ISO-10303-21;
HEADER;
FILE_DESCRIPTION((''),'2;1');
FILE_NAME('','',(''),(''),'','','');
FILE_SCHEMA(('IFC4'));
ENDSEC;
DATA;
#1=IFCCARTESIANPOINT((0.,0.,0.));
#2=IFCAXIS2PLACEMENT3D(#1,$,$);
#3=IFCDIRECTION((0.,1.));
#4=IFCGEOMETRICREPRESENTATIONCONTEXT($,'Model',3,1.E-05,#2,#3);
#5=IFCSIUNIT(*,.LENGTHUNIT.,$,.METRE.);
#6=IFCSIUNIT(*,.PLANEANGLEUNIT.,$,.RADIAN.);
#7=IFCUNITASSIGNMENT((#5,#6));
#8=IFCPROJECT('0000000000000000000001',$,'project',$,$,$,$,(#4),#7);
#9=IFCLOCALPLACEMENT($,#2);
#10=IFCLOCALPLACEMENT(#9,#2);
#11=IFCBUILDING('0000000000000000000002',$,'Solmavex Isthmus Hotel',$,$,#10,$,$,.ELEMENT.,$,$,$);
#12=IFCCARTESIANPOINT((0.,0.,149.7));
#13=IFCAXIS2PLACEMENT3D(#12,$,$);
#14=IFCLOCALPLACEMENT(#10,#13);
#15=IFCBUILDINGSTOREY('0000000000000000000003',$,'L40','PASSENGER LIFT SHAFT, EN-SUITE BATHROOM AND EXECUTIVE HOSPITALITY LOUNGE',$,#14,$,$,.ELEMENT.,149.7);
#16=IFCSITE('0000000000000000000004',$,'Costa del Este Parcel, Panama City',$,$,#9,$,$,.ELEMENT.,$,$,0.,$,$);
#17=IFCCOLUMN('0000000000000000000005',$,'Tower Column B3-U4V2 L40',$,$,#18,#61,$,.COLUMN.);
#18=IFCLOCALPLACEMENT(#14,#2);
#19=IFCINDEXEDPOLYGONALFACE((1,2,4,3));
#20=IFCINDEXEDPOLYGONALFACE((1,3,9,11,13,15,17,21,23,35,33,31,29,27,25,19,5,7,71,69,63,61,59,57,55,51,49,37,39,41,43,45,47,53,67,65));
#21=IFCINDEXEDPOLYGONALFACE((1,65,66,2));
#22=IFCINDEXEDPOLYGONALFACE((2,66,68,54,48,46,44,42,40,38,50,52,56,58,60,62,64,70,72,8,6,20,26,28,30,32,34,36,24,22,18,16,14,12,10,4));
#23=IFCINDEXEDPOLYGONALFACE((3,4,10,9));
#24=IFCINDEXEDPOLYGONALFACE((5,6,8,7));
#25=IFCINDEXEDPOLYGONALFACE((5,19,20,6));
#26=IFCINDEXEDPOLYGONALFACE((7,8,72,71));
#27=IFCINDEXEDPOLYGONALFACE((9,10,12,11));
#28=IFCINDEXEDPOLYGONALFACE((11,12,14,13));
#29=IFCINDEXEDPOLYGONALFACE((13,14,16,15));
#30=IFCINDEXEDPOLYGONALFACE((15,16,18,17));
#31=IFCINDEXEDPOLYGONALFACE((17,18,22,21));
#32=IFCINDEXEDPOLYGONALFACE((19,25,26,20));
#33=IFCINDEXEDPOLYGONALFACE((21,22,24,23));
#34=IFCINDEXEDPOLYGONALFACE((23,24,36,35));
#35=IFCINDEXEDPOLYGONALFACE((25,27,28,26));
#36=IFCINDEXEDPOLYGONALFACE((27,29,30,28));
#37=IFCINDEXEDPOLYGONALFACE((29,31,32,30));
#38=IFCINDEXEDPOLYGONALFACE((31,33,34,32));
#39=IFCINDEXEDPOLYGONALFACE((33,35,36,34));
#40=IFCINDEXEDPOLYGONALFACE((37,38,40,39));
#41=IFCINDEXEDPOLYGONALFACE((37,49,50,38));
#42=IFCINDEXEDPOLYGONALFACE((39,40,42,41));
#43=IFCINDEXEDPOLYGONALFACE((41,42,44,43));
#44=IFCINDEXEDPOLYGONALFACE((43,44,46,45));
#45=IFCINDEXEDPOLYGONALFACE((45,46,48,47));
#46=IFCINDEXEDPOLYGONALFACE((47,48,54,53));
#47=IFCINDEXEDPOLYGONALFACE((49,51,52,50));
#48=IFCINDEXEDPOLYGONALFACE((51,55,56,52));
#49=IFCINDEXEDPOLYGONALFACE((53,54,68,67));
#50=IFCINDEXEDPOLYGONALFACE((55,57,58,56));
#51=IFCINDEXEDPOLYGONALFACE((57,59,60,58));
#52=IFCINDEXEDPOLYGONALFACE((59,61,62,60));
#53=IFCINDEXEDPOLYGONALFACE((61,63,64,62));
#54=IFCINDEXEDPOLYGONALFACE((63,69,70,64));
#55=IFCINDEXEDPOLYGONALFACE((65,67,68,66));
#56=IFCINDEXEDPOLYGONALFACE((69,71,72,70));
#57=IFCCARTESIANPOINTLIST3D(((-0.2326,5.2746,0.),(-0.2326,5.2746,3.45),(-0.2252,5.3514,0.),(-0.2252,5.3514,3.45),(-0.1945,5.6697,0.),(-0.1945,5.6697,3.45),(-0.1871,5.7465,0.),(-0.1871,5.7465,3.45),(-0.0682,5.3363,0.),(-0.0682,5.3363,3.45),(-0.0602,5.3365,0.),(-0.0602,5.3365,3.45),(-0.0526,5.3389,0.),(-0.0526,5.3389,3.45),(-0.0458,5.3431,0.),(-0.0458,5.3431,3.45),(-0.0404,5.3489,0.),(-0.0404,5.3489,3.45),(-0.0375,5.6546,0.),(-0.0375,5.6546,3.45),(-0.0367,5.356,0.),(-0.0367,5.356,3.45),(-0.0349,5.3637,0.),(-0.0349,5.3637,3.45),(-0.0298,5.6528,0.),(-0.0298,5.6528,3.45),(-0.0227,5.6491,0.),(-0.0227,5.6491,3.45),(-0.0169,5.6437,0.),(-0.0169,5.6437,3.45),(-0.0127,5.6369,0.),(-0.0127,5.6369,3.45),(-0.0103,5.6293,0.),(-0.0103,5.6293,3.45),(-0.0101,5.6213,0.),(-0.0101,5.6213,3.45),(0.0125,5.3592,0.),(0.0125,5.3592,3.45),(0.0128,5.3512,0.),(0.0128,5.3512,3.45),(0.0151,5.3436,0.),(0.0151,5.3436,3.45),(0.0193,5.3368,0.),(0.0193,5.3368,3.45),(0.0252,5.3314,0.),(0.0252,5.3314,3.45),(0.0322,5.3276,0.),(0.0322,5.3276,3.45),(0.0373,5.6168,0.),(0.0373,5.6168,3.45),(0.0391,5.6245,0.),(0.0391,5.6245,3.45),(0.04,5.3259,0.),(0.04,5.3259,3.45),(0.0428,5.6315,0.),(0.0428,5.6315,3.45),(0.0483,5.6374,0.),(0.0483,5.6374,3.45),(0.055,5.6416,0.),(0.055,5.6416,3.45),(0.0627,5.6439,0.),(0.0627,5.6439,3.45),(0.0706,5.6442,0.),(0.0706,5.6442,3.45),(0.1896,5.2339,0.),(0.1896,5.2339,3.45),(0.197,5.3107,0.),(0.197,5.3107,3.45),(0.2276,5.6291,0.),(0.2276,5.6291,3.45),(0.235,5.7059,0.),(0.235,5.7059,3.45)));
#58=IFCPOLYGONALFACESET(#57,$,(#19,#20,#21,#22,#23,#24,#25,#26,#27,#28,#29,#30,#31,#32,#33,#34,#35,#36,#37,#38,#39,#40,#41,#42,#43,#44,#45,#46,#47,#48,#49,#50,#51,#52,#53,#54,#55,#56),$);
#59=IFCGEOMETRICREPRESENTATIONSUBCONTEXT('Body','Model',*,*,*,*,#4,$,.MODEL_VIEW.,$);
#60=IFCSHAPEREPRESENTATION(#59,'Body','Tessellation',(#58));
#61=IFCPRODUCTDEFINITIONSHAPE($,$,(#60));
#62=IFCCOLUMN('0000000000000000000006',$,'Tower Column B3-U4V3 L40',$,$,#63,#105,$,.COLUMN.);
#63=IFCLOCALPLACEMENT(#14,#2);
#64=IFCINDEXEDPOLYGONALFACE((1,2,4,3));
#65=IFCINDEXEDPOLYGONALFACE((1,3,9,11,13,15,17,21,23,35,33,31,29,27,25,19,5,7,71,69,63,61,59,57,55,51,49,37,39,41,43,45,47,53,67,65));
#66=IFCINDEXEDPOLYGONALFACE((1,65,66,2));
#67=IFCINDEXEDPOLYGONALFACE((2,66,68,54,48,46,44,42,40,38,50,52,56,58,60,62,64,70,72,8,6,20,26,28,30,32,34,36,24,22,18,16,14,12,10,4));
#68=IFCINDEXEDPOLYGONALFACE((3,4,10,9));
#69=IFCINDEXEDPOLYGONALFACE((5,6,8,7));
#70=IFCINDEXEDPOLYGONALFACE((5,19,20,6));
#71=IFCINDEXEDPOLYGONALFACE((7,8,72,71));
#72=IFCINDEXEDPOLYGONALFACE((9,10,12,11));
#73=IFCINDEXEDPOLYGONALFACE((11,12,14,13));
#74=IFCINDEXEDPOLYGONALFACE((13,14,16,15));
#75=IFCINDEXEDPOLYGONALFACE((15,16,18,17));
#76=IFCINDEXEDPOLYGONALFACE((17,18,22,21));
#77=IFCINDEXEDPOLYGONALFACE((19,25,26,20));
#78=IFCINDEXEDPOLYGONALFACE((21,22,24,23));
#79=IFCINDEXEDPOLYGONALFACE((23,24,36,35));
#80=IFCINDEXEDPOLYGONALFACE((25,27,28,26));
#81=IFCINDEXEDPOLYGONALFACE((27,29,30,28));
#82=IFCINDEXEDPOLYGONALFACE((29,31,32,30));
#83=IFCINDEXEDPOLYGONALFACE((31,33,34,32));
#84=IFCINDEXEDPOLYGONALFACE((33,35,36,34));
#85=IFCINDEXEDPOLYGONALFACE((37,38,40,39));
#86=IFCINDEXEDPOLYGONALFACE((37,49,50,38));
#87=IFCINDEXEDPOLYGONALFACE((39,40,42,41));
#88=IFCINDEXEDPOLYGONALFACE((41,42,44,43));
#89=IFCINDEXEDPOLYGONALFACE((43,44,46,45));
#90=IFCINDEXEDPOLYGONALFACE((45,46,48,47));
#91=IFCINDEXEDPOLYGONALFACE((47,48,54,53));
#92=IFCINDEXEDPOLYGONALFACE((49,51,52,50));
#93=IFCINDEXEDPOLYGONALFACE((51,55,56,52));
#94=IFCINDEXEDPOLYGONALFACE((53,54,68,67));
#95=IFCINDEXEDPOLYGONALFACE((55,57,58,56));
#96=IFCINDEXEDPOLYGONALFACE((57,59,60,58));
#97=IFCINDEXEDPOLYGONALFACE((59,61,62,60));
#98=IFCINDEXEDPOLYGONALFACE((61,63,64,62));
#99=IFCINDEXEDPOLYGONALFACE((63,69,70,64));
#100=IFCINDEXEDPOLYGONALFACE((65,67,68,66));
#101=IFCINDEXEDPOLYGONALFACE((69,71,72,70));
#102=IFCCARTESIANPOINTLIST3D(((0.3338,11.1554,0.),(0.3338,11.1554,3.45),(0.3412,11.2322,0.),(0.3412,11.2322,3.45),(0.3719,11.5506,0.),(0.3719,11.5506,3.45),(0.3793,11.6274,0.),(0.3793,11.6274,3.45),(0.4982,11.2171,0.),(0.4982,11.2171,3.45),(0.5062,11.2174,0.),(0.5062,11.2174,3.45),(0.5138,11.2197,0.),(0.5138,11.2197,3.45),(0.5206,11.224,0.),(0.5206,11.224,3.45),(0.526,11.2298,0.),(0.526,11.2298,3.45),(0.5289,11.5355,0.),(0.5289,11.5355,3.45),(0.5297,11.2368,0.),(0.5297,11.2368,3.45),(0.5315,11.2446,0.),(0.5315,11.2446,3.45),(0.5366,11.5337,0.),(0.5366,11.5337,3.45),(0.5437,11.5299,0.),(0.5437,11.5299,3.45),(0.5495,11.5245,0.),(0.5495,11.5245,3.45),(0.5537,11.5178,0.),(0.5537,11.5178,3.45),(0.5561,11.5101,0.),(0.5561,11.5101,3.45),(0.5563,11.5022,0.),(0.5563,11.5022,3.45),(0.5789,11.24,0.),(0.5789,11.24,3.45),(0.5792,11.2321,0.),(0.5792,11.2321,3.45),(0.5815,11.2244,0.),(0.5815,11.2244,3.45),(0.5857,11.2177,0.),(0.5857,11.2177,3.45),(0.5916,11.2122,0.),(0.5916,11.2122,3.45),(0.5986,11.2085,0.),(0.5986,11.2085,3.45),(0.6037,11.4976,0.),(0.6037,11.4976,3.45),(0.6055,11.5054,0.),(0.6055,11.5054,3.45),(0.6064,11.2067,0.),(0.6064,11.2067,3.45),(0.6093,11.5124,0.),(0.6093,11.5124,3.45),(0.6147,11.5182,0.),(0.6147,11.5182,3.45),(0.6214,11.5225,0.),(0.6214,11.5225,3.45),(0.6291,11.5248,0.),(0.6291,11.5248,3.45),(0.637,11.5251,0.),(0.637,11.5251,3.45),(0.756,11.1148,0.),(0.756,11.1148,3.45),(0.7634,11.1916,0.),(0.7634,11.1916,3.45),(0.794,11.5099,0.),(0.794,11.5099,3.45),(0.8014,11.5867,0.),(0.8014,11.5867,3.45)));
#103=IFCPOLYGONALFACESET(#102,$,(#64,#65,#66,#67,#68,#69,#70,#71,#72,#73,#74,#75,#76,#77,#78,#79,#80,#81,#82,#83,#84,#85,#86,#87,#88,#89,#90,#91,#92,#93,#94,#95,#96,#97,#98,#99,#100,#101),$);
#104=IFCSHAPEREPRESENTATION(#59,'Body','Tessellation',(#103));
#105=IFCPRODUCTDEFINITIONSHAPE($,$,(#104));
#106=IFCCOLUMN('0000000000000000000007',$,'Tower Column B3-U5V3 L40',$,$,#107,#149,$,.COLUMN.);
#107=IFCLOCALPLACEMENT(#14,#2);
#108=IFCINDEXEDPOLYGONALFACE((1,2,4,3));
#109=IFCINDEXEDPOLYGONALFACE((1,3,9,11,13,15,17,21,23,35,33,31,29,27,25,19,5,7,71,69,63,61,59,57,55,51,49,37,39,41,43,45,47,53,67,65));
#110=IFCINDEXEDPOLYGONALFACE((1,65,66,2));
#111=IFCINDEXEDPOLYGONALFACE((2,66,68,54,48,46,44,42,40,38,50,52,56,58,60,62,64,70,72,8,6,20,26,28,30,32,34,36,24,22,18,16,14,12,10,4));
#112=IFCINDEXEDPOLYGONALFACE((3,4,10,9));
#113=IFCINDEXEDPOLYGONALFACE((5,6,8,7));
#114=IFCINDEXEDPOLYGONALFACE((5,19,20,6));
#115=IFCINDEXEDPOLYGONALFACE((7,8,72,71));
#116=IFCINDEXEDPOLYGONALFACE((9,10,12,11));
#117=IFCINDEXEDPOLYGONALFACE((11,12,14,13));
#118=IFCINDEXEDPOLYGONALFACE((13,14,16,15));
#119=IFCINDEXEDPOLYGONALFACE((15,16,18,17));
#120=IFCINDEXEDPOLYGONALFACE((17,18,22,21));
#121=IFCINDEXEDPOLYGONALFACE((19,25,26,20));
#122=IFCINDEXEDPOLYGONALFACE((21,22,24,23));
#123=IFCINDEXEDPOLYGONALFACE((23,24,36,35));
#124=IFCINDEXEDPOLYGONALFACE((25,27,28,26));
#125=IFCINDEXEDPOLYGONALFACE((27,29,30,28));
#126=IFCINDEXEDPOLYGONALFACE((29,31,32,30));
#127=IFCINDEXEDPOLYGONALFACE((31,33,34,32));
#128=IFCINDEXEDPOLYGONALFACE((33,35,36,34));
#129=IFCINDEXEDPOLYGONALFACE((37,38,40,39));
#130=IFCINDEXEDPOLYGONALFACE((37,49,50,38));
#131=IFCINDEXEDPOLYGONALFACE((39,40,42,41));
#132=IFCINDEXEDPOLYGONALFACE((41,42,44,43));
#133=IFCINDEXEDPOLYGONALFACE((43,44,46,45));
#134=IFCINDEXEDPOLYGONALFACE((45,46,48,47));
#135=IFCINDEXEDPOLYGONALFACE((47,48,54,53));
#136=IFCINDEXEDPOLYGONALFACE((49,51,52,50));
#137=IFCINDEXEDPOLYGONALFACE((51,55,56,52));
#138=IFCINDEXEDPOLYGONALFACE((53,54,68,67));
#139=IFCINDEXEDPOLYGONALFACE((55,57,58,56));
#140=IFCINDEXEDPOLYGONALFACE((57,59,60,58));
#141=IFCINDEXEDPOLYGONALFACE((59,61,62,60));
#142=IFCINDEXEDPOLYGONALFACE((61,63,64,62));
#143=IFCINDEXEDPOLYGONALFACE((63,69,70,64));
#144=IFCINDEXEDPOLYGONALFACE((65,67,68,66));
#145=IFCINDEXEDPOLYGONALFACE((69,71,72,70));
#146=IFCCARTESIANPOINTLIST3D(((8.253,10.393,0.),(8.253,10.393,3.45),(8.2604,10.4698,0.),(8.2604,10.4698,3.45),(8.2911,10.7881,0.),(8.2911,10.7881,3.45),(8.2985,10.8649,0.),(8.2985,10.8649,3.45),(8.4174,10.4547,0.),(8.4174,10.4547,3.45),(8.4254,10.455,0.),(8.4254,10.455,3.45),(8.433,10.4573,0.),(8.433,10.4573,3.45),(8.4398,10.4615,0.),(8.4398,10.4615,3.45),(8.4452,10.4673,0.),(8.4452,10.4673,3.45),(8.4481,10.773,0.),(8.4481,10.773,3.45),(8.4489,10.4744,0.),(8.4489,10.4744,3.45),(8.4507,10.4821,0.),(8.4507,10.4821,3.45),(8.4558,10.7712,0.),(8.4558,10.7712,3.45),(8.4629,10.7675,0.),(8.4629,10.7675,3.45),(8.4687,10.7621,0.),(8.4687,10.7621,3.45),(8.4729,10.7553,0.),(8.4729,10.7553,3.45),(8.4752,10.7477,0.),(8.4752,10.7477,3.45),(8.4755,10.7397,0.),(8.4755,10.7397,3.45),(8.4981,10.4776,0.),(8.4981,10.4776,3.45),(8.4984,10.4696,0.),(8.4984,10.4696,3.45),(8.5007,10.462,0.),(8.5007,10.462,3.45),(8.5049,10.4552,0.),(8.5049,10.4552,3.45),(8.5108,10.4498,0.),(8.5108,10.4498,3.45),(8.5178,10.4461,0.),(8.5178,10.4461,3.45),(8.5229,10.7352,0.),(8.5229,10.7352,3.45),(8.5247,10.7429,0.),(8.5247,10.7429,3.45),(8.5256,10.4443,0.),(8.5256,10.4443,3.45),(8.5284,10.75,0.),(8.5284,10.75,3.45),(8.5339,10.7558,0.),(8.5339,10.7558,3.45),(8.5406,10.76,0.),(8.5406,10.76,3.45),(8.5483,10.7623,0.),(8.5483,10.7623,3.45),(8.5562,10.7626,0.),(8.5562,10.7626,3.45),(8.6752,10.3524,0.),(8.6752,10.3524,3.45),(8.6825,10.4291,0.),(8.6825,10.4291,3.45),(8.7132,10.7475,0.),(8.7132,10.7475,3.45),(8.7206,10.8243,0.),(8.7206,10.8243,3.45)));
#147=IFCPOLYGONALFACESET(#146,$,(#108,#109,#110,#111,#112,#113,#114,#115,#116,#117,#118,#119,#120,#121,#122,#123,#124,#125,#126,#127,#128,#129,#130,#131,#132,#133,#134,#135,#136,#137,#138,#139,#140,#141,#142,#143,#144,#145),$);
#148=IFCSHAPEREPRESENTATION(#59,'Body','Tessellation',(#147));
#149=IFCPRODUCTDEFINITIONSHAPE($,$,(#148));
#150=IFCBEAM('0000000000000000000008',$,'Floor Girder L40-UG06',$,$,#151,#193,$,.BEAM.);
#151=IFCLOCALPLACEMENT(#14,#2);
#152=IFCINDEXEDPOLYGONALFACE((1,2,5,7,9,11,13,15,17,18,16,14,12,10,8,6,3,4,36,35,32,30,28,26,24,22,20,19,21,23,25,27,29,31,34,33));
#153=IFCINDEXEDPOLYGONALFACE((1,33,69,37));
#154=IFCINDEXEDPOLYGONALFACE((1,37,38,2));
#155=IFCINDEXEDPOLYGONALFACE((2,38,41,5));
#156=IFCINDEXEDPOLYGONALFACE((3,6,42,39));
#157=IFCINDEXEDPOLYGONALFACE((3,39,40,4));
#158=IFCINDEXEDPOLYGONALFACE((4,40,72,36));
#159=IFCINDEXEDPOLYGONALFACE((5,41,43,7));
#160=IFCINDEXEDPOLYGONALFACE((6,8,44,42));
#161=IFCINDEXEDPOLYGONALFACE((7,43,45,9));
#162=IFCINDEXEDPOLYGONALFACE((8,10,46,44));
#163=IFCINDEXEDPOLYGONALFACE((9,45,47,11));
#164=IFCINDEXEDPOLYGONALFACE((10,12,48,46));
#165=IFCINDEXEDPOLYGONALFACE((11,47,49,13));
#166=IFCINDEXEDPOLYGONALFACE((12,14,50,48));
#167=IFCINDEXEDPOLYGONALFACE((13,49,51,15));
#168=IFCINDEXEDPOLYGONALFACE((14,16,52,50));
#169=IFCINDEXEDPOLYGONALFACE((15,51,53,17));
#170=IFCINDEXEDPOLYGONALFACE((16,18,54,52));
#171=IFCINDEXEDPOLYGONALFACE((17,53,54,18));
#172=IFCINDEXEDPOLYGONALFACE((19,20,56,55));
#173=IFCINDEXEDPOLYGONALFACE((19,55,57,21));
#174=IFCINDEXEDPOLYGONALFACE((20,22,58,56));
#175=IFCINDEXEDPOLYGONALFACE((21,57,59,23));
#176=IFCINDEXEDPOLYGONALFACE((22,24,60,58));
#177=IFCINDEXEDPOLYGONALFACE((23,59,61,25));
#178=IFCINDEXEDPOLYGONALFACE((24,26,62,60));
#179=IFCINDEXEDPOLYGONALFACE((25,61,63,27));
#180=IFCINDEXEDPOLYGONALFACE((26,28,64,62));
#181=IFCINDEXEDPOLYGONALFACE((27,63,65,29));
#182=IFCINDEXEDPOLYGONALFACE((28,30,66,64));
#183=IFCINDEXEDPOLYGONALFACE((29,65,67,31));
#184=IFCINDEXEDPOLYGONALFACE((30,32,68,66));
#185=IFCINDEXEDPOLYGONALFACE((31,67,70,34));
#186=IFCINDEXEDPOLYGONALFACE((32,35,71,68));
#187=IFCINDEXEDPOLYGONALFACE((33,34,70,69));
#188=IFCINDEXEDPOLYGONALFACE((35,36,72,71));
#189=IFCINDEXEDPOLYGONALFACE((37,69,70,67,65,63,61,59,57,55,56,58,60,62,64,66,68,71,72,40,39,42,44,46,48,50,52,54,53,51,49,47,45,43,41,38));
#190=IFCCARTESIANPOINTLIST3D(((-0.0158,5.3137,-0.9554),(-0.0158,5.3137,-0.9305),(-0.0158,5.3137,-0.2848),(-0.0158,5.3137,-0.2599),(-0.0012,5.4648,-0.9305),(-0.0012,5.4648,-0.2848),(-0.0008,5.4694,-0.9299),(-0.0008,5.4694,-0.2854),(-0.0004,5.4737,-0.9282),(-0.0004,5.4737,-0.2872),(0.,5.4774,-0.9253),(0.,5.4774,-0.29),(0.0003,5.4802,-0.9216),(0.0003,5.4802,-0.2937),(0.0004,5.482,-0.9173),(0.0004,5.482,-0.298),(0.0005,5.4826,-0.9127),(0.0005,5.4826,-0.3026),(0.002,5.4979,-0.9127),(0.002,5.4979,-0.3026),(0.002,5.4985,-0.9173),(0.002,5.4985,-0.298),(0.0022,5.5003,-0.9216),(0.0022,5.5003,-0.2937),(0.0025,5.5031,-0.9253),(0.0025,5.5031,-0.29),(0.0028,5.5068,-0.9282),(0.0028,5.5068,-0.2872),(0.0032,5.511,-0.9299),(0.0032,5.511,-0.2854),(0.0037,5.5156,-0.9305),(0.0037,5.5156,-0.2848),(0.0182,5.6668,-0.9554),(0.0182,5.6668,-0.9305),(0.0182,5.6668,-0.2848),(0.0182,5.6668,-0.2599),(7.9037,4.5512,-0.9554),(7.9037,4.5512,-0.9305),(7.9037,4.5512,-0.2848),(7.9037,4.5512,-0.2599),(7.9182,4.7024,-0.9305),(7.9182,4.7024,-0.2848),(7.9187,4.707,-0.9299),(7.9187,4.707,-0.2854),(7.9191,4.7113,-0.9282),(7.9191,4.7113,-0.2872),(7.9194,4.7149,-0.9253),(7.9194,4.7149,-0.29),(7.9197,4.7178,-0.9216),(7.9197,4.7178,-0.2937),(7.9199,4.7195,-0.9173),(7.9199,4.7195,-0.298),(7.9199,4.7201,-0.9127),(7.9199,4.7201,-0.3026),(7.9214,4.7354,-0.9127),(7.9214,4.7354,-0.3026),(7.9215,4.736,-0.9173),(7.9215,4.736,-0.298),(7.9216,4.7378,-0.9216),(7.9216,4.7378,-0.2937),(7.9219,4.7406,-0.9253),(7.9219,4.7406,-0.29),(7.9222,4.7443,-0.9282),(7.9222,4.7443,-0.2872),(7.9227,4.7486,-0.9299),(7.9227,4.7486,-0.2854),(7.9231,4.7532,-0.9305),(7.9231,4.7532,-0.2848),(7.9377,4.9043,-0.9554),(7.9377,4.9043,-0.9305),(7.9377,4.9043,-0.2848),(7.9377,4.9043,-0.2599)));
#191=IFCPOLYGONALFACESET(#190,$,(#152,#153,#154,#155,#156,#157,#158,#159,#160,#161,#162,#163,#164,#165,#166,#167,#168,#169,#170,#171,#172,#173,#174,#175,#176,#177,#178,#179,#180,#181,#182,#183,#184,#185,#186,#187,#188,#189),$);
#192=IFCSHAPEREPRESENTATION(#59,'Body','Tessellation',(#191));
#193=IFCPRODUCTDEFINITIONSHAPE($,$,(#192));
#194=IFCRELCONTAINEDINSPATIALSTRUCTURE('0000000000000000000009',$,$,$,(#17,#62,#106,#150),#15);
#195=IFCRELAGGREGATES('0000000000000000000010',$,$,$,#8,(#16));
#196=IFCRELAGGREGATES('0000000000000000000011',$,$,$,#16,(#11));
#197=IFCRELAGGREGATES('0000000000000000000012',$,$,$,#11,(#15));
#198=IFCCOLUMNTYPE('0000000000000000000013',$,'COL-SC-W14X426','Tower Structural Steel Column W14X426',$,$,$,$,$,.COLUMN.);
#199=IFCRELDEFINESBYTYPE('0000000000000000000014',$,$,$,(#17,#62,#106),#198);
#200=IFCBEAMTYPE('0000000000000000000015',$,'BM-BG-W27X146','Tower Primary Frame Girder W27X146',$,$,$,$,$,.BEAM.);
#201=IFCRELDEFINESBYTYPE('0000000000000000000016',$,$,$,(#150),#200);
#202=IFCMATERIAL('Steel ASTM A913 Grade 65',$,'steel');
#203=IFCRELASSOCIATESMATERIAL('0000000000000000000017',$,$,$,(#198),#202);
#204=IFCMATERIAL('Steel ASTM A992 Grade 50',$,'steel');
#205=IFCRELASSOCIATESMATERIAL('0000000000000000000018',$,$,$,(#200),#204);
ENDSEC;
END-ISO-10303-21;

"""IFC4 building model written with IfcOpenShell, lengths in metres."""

from ifc_helpers import new_model, si_unit, direction, frame, origin, origin_2d, place, context, subcontext, project, spatial, i_section, extrude, material, material_profile, profile_set, type_object, element, save


model = new_model("IFC4")

# Units and contexts
model_context = context("Model", 3, precision=1e-05, world=origin(), true_north=direction((0.0, 1.0)))
body_context = subcontext(model_context, "Body", "Model", "MODEL_VIEW")
ifc_project = project(units=[si_unit("LENGTHUNIT", "METRE"), si_unit("PLANEANGLEUNIT", "RADIAN")], contexts=[model_context])

# Site, building, storey
site_placement = place(None, origin())
site = spatial("IfcSite", under=ifc_project, at=site_placement, Name="Costa del Este Parcel, Panama City", CompositionType="ELEMENT", RefElevation=0.0)
building_placement = place(site_placement, origin())
building = spatial("IfcBuilding", under=site, at=building_placement, Name="Solmavex Isthmus Hotel", CompositionType="ELEMENT")
storey_placement = place(building_placement, frame((0.0, 0.0, 149.7)))
storey = spatial("IfcBuildingStorey", under=building, at=storey_placement, Name="L40", Description="PASSENGER LIFT SHAFT, EN-SUITE BATHROOM AND EXECUTIVE HOSPITALITY LOUNGE", CompositionType="ELEMENT", Elevation=149.7)

# Columns
ifc_material_1 = material(Name="Steel ASTM A913 Grade 65", Category="steel")
ifc_material_profile_1 = material_profile(ifc_material_1, i_section(OverallWidth=0.4241, OverallDepth=0.4741, WebThickness=0.0476, FlangeThickness=0.0771, FilletRadius=0.0305, at=origin_2d()), Name="W14X426")
ifc_profile_set_1 = profile_set([ifc_material_profile_1], Name="Steel ASTM A913 Grade 65")
column_type = type_object("IfcColumnType", Name="COL-SC-W14X426", Description="Tower Structural Steel Column W14X426", PredefinedType="COLUMN", material=ifc_profile_set_1)
for number, where, z_axis, x_axis, name in (
    (1, (0.0012, 5.4902, 0.0), (0.0, 0.0, 1.0), (0.995396, -0.095846, 0.0), "Tower Column B3-U4V2 L40"),
    (2, (0.5676, 11.3711, 0.0), (0.0, 0.0, 1.0), (0.995396, -0.095846, 0.0), "Tower Column B3-U4V3 L40"),
    (3, (8.4868, 10.6086, 0.0), (0.0, 0.0, 1.0), (0.995396, -0.095846, 0.0), "Tower Column B3-U5V3 L40"),
):
    element("IfcColumn", number, at=place(storey_placement, frame(where, z_axis=z_axis, x_axis=x_axis)), inside=storey, type_object=column_type, Name=name, PredefinedType="COLUMN", context=body_context, shape_type="SweptSolid", body=[
        extrude(i_section(OverallWidth=0.4241, OverallDepth=0.4741, WebThickness=0.0476, FlangeThickness=0.0771, FilletRadius=0.0305, at=origin_2d()), origin(), (0.0, 0.0, 1.0), 3.45),
    ])

# Beam
ifc_material_2 = material(Name="Steel ASTM A992 Grade 50", Category="steel")
ifc_material_profile_2 = material_profile(ifc_material_2, i_section(OverallWidth=0.3547, OverallDepth=0.6956, WebThickness=0.0154, FlangeThickness=0.0249, FilletRadius=0.0178, at=origin_2d()), Name="W27X146")
ifc_profile_set_2 = profile_set([ifc_material_profile_2], Name="Steel ASTM A992 Grade 50")
beam_type_1 = type_object("IfcBeamType", Name="BM-BG-W27X146", Description="Tower Primary Frame Girder W27X146", PredefinedType="BEAM", material=ifc_profile_set_2)
beam_1_placement = place(storey_placement, frame((0.0012, 5.4902, -0.6077), z_axis=(0.995397, -0.095833, 0.0), x_axis=(0.095833, 0.995397, 0.0)))
element("IfcBeam", 4, at=beam_1_placement, inside=storey, type_object=beam_type_1, Name="Floor Girder L40-UG06", PredefinedType="BEAM", context=body_context, shape_type="SweptSolid", body=[
    extrude(i_section(OverallWidth=0.3547, OverallDepth=0.6956, WebThickness=0.0154, FlangeThickness=0.0249, FilletRadius=0.0178, at=origin_2d()), origin(), (0.0, 0.0, 1.0), 7.9561),
])

save(model, "model.ifc")
